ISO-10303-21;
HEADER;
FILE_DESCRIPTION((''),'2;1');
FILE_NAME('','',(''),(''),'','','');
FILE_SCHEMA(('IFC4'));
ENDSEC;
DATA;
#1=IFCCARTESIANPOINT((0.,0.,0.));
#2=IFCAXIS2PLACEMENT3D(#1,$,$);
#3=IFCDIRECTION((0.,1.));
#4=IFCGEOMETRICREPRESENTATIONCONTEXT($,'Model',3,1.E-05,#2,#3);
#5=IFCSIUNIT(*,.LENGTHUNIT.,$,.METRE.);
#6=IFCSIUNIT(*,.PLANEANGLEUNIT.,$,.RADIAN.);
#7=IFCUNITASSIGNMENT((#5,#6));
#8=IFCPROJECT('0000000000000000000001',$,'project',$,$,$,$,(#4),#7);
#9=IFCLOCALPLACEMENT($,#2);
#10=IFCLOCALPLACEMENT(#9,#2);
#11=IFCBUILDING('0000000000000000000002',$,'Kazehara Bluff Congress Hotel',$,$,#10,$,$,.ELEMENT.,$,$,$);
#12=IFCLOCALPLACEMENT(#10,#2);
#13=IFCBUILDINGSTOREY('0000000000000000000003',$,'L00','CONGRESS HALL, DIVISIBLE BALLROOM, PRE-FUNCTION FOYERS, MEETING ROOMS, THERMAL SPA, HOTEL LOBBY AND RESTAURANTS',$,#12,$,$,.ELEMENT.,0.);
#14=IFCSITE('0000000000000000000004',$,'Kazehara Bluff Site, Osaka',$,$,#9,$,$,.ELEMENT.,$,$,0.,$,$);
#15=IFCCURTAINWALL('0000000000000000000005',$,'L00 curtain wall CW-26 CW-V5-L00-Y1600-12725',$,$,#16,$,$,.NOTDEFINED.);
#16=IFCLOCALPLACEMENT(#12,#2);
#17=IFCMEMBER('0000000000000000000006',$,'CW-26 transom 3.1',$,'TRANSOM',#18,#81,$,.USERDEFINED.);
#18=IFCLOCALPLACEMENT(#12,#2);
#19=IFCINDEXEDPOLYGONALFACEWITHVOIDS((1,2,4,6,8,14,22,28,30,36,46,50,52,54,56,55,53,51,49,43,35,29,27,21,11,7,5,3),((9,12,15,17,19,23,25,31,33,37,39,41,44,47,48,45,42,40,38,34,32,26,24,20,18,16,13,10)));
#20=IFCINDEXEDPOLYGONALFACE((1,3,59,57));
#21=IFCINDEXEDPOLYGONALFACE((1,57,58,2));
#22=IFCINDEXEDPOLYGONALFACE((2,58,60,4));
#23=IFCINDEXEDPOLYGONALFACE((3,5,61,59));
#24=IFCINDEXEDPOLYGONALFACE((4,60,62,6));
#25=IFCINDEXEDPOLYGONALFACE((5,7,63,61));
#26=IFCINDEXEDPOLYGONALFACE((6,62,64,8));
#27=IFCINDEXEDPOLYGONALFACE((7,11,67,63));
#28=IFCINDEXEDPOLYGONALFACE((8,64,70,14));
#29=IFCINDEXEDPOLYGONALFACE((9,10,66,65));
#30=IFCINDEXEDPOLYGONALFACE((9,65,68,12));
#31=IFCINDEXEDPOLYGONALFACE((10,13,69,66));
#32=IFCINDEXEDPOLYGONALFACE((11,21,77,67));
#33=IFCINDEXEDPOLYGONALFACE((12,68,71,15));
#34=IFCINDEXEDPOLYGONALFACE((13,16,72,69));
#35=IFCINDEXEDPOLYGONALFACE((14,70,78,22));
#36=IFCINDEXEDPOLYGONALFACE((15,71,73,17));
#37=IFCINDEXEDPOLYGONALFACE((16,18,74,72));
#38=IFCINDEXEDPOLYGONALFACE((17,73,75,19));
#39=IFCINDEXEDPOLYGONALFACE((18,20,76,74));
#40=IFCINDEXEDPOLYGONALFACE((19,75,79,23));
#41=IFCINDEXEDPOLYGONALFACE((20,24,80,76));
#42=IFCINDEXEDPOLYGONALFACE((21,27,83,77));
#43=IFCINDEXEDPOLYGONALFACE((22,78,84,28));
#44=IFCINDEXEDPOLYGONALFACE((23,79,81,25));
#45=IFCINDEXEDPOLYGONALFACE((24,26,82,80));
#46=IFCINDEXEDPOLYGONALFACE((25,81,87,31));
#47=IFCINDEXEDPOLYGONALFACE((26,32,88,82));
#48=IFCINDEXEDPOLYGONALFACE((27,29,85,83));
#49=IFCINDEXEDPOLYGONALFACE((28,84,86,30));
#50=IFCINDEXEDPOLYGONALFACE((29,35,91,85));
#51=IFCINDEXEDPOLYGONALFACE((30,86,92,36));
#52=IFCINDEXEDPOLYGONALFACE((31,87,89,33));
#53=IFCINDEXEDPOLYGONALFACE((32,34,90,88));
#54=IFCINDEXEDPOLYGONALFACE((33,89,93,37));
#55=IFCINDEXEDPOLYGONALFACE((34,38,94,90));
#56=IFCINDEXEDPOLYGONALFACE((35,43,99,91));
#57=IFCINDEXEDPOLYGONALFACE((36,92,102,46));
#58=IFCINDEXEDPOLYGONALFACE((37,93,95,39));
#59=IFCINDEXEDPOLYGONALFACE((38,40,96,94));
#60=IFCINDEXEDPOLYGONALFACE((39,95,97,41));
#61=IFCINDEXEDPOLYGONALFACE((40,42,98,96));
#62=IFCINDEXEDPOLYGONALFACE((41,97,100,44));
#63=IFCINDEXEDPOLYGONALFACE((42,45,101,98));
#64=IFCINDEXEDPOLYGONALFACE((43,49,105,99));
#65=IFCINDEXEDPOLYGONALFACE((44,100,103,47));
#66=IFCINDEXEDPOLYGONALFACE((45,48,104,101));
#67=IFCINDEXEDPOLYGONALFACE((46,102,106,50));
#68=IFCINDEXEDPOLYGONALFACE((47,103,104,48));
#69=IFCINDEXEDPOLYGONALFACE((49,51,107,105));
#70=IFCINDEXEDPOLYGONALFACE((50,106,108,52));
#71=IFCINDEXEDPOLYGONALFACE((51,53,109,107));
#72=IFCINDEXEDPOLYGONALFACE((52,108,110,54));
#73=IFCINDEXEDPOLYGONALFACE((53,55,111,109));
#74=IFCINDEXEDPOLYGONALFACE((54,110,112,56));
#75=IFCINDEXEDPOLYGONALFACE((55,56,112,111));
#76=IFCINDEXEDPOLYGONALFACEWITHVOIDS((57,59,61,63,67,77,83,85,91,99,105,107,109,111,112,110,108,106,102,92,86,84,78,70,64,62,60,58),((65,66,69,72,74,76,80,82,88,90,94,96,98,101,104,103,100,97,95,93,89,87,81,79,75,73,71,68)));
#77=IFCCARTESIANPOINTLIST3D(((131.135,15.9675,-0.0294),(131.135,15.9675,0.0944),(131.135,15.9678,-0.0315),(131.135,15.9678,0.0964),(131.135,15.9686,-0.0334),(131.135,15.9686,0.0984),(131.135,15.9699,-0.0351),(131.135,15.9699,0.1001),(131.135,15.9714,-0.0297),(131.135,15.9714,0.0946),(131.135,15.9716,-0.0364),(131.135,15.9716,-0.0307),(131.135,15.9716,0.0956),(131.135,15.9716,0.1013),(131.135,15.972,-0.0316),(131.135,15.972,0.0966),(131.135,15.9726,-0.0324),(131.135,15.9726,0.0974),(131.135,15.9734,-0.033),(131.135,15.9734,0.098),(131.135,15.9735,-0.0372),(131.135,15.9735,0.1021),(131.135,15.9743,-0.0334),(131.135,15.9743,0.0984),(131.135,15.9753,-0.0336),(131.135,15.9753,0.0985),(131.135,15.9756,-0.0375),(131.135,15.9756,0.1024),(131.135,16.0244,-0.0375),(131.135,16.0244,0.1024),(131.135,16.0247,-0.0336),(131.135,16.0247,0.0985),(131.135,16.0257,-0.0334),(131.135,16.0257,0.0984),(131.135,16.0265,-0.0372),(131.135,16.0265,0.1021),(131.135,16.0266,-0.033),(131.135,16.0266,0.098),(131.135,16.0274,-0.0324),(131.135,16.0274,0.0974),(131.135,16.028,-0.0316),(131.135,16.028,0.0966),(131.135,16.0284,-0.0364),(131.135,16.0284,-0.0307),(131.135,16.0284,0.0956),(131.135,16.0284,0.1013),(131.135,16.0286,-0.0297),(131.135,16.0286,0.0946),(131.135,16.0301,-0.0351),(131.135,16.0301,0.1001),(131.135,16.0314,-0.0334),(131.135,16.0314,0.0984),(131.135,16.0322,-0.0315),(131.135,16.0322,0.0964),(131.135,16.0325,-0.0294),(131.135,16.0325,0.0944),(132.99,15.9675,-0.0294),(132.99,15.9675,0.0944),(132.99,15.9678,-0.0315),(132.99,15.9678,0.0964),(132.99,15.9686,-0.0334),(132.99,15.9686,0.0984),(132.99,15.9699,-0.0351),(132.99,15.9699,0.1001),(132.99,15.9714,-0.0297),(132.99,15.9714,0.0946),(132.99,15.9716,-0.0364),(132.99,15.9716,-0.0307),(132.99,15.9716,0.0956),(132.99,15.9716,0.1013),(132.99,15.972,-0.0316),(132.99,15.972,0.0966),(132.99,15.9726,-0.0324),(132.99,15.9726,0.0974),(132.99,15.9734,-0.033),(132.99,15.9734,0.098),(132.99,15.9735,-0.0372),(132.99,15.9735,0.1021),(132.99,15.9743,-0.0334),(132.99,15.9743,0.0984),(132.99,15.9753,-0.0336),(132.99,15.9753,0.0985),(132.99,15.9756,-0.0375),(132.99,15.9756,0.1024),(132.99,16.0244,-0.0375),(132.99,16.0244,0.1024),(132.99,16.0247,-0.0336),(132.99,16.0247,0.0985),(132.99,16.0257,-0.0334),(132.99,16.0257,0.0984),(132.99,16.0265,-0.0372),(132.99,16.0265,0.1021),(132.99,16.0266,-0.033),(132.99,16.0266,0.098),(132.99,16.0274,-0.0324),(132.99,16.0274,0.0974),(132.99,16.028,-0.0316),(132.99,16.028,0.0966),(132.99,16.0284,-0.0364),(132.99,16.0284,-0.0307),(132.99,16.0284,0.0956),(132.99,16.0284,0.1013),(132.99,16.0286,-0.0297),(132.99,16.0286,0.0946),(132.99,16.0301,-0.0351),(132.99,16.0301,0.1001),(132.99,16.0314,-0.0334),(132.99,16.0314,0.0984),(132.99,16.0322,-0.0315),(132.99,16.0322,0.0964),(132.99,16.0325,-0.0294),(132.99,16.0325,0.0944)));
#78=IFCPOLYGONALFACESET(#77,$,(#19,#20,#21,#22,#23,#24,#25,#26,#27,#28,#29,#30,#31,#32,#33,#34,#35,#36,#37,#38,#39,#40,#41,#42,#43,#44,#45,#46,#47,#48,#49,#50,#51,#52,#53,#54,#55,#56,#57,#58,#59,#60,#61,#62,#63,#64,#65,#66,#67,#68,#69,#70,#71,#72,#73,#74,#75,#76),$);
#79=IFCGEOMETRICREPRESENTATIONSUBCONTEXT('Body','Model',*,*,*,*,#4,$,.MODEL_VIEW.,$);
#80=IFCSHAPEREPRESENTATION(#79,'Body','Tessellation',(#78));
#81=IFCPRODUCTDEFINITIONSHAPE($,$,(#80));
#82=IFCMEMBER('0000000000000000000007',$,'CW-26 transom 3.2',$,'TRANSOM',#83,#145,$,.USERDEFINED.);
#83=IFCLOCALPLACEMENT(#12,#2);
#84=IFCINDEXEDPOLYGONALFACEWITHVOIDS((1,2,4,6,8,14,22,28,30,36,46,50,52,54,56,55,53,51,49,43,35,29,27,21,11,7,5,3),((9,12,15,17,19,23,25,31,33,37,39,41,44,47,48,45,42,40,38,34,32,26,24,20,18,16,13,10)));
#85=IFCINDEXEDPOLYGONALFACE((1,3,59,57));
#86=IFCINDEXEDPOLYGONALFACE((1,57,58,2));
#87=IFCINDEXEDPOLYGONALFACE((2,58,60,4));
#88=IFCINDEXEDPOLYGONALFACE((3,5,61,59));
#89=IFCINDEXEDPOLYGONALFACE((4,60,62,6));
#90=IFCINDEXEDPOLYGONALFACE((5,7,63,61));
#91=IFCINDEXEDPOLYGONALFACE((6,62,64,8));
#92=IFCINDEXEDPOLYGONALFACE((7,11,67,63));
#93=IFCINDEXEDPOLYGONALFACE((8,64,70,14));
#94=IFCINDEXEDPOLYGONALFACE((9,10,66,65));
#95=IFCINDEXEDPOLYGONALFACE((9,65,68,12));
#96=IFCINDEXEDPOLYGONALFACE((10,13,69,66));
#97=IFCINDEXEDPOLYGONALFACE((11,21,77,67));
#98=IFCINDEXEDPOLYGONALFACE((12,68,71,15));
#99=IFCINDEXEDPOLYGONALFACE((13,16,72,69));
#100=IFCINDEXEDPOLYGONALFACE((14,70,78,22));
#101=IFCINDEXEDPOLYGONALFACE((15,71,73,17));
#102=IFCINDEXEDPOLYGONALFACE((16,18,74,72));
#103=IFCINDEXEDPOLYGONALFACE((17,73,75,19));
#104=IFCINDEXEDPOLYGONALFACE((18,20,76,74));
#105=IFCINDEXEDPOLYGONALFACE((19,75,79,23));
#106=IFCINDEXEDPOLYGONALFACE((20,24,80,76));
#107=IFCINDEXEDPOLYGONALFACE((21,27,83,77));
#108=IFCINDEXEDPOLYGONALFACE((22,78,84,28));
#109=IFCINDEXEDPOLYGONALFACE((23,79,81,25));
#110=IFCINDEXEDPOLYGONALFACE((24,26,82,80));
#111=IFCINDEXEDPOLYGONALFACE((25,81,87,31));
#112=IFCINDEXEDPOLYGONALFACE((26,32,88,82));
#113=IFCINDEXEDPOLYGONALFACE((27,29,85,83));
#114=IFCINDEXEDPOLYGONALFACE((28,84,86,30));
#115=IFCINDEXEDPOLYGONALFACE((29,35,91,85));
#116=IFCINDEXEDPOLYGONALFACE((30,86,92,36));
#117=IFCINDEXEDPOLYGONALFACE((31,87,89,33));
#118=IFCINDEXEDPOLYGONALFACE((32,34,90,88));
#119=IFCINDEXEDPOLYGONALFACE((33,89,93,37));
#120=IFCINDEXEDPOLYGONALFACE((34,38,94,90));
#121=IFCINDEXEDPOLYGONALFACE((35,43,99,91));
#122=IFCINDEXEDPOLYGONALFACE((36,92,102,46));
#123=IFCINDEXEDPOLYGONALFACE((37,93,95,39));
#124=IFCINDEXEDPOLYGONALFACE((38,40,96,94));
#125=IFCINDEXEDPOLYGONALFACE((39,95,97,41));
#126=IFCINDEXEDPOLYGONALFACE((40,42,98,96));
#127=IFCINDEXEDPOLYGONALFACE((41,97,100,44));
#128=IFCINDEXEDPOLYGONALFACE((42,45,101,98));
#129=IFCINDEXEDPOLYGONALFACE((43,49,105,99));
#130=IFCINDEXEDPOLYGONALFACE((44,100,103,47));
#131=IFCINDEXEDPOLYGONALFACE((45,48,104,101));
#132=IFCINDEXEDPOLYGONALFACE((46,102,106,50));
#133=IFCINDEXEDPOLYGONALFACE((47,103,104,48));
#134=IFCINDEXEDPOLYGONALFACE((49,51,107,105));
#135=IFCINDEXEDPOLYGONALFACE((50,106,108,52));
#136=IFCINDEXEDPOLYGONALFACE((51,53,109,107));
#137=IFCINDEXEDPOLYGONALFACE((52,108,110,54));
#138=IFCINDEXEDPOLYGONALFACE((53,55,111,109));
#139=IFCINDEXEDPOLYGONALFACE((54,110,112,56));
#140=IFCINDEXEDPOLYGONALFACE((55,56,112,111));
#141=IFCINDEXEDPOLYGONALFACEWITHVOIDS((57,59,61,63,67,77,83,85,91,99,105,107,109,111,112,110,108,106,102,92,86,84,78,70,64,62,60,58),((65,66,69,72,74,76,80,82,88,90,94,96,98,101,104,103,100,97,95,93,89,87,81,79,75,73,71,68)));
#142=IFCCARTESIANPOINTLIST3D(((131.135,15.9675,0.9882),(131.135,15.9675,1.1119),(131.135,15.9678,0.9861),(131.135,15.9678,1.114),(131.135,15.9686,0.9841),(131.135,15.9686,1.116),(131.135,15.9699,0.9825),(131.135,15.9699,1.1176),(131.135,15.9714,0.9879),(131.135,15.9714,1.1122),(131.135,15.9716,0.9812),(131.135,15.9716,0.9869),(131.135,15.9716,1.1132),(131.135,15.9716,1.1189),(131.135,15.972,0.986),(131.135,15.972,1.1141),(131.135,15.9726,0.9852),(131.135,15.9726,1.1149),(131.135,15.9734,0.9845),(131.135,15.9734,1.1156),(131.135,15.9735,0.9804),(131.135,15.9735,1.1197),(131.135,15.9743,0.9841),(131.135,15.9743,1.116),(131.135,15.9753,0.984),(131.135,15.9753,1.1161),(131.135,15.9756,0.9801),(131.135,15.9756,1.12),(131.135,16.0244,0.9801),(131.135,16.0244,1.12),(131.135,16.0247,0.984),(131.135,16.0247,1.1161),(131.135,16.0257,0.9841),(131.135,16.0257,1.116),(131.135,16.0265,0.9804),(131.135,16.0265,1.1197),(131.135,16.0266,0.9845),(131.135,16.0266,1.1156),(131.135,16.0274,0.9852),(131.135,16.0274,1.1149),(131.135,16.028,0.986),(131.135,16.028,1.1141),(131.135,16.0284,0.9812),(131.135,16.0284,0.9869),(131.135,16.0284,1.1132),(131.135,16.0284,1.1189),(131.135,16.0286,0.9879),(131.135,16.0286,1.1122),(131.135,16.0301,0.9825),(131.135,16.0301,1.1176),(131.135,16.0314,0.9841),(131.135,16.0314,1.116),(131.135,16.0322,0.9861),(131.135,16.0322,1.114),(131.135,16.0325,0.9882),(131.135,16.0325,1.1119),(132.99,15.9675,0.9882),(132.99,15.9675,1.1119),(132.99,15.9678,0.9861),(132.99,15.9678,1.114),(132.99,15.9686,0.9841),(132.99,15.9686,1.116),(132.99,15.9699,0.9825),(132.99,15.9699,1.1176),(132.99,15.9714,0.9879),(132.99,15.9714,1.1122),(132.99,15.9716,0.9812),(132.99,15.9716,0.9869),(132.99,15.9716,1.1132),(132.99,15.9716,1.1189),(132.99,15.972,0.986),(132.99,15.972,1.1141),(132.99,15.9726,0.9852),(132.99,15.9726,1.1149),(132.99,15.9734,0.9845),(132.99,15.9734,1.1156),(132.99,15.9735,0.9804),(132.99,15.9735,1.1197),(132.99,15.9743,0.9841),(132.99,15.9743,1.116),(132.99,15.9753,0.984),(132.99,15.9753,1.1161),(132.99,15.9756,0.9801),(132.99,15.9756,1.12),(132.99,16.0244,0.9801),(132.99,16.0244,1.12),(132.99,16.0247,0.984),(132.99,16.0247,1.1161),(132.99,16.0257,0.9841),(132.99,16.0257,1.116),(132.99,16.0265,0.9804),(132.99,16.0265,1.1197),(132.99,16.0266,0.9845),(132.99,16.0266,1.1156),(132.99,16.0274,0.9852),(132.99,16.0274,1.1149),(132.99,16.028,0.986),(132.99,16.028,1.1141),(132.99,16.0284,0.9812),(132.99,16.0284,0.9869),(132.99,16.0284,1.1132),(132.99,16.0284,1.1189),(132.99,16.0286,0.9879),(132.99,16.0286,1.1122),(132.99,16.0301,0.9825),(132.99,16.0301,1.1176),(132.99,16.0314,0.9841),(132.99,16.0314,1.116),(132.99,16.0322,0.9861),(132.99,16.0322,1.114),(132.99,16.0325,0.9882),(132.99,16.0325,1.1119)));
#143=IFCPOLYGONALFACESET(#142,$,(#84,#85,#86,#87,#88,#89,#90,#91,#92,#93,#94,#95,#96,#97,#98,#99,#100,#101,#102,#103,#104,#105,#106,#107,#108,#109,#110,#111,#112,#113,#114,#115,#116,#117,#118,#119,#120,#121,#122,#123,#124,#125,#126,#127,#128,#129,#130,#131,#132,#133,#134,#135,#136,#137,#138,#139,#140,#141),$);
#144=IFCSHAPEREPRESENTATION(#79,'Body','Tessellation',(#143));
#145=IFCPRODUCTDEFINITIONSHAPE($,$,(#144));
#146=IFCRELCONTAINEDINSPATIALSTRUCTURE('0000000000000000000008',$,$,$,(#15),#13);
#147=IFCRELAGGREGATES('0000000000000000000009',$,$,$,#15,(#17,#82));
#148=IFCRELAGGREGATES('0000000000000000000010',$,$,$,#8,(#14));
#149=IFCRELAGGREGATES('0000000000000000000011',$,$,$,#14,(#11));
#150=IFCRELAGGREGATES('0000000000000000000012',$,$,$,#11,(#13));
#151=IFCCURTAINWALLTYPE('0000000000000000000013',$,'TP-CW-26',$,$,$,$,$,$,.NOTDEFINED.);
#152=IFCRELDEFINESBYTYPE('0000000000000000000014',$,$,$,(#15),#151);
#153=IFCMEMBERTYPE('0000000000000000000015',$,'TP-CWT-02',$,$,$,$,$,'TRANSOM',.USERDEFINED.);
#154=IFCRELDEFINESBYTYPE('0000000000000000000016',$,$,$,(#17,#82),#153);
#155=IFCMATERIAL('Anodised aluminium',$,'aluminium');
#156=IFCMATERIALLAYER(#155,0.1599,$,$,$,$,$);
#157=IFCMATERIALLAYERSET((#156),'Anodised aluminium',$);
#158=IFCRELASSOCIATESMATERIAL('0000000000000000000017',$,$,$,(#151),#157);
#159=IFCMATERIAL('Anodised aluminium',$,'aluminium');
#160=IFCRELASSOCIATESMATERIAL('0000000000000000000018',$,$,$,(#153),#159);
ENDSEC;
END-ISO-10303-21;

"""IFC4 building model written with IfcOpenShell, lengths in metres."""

from ifc_helpers import new_model, si_unit, direction, frame, origin, origin_2d, place, context, subcontext, project, spatial, hollow_rectangle, extrude, material, layer, layer_set, material_profile, profile_set, type_object, element, aggregate, save


model = new_model("IFC4")

# Units and contexts
model_context = context("Model", 3, precision=1e-05, world=origin(), true_north=direction((0.0, 1.0)))
body_context = subcontext(model_context, "Body", "Model", "MODEL_VIEW")
ifc_project = project(units=[si_unit("LENGTHUNIT", "METRE"), si_unit("PLANEANGLEUNIT", "RADIAN")], contexts=[model_context])

# Site, building, storey
site_placement = place(None, origin())
site = spatial("IfcSite", under=ifc_project, at=site_placement, Name="Kazehara Bluff Site, Osaka", CompositionType="ELEMENT", RefElevation=0.0)
building_placement = place(site_placement, origin())
building = spatial("IfcBuilding", under=site, at=building_placement, Name="Kazehara Bluff Congress Hotel", CompositionType="ELEMENT")
storey_placement = place(building_placement, origin())
storey = spatial("IfcBuildingStorey", under=building, at=storey_placement, Name="L00", Description="CONGRESS HALL, DIVISIBLE BALLROOM, PRE-FUNCTION FOYERS, MEETING ROOMS, THERMAL SPA, HOTEL LOBBY AND RESTAURANTS", CompositionType="ELEMENT", Elevation=0.0)

# Shared definitions
ifc_material_1 = material(Name="Anodised aluminium", Category="aluminium")
ifc_layer_1 = layer(ifc_material_1, 0.1599)
ifc_layer_set_1 = layer_set([ifc_layer_1], Name="Anodised aluminium")
curtain_wall_type = type_object("IfcCurtainWallType", Name="TP-CW-26", PredefinedType="NOTDEFINED", material=ifc_layer_set_1)

# Curtain wall
curtain_wall_1_placement = place(storey_placement, origin())
curtain_wall_1 = element("IfcCurtainWall", 1, at=curtain_wall_1_placement, inside=storey, type_object=curtain_wall_type, Name="L00 curtain wall CW-26 CW-V5-L00-Y1600-12725", PredefinedType="NOTDEFINED")

# Members
ifc_material_2 = material(Name="Anodised aluminium", Category="aluminium")
ifc_material_profile_1 = material_profile(ifc_material_2, hollow_rectangle(XDim=0.0649, YDim=0.1399, WallThickness=0.0039, InnerFilletRadius=0.0039, OuterFilletRadius=0.0081, at=origin_2d()))
ifc_profile_set_1 = profile_set([ifc_material_profile_1], Name="Anodised aluminium")
member_type_1 = type_object("IfcMemberType", Name="TP-CWT-02", ElementType="TRANSOM", PredefinedType="USERDEFINED", material=ifc_profile_set_1)
member_1_placement = place(storey_placement, frame((131.135, 16.0, 0.0325), z_axis=(1.0, 0.0, 0.0), x_axis=(0.0, 1.0, 0.0)))
member_1 = element("IfcMember", 2, at=member_1_placement, type_object=member_type_1, Name="CW-26 transom 3.1", ObjectType="TRANSOM", PredefinedType="USERDEFINED", context=body_context, shape_type="SweptSolid", body=[
    extrude(hollow_rectangle(XDim=0.0649, YDim=0.1399, WallThickness=0.0039, InnerFilletRadius=0.0039, OuterFilletRadius=0.0081, at=origin_2d()), origin(), (0.0, 0.0, 1.0), 1.855),
])
member_2_placement = place(storey_placement, frame((131.135, 16.0, 1.05), z_axis=(1.0, 0.0, 0.0), x_axis=(0.0, 1.0, 0.0)))
member_2 = element("IfcMember", 3, at=member_2_placement, type_object=member_type_1, Name="CW-26 transom 3.2", ObjectType="TRANSOM", PredefinedType="USERDEFINED", context=body_context, shape_type="SweptSolid", body=[
    extrude(hollow_rectangle(XDim=0.0649, YDim=0.1399, WallThickness=0.0039, InnerFilletRadius=0.0039, OuterFilletRadius=0.0081, at=origin_2d()), origin(), (0.0, 0.0, 1.0), 1.855),
])

aggregate(curtain_wall_1, [member_1, member_2])

save(model, "model.ifc")
